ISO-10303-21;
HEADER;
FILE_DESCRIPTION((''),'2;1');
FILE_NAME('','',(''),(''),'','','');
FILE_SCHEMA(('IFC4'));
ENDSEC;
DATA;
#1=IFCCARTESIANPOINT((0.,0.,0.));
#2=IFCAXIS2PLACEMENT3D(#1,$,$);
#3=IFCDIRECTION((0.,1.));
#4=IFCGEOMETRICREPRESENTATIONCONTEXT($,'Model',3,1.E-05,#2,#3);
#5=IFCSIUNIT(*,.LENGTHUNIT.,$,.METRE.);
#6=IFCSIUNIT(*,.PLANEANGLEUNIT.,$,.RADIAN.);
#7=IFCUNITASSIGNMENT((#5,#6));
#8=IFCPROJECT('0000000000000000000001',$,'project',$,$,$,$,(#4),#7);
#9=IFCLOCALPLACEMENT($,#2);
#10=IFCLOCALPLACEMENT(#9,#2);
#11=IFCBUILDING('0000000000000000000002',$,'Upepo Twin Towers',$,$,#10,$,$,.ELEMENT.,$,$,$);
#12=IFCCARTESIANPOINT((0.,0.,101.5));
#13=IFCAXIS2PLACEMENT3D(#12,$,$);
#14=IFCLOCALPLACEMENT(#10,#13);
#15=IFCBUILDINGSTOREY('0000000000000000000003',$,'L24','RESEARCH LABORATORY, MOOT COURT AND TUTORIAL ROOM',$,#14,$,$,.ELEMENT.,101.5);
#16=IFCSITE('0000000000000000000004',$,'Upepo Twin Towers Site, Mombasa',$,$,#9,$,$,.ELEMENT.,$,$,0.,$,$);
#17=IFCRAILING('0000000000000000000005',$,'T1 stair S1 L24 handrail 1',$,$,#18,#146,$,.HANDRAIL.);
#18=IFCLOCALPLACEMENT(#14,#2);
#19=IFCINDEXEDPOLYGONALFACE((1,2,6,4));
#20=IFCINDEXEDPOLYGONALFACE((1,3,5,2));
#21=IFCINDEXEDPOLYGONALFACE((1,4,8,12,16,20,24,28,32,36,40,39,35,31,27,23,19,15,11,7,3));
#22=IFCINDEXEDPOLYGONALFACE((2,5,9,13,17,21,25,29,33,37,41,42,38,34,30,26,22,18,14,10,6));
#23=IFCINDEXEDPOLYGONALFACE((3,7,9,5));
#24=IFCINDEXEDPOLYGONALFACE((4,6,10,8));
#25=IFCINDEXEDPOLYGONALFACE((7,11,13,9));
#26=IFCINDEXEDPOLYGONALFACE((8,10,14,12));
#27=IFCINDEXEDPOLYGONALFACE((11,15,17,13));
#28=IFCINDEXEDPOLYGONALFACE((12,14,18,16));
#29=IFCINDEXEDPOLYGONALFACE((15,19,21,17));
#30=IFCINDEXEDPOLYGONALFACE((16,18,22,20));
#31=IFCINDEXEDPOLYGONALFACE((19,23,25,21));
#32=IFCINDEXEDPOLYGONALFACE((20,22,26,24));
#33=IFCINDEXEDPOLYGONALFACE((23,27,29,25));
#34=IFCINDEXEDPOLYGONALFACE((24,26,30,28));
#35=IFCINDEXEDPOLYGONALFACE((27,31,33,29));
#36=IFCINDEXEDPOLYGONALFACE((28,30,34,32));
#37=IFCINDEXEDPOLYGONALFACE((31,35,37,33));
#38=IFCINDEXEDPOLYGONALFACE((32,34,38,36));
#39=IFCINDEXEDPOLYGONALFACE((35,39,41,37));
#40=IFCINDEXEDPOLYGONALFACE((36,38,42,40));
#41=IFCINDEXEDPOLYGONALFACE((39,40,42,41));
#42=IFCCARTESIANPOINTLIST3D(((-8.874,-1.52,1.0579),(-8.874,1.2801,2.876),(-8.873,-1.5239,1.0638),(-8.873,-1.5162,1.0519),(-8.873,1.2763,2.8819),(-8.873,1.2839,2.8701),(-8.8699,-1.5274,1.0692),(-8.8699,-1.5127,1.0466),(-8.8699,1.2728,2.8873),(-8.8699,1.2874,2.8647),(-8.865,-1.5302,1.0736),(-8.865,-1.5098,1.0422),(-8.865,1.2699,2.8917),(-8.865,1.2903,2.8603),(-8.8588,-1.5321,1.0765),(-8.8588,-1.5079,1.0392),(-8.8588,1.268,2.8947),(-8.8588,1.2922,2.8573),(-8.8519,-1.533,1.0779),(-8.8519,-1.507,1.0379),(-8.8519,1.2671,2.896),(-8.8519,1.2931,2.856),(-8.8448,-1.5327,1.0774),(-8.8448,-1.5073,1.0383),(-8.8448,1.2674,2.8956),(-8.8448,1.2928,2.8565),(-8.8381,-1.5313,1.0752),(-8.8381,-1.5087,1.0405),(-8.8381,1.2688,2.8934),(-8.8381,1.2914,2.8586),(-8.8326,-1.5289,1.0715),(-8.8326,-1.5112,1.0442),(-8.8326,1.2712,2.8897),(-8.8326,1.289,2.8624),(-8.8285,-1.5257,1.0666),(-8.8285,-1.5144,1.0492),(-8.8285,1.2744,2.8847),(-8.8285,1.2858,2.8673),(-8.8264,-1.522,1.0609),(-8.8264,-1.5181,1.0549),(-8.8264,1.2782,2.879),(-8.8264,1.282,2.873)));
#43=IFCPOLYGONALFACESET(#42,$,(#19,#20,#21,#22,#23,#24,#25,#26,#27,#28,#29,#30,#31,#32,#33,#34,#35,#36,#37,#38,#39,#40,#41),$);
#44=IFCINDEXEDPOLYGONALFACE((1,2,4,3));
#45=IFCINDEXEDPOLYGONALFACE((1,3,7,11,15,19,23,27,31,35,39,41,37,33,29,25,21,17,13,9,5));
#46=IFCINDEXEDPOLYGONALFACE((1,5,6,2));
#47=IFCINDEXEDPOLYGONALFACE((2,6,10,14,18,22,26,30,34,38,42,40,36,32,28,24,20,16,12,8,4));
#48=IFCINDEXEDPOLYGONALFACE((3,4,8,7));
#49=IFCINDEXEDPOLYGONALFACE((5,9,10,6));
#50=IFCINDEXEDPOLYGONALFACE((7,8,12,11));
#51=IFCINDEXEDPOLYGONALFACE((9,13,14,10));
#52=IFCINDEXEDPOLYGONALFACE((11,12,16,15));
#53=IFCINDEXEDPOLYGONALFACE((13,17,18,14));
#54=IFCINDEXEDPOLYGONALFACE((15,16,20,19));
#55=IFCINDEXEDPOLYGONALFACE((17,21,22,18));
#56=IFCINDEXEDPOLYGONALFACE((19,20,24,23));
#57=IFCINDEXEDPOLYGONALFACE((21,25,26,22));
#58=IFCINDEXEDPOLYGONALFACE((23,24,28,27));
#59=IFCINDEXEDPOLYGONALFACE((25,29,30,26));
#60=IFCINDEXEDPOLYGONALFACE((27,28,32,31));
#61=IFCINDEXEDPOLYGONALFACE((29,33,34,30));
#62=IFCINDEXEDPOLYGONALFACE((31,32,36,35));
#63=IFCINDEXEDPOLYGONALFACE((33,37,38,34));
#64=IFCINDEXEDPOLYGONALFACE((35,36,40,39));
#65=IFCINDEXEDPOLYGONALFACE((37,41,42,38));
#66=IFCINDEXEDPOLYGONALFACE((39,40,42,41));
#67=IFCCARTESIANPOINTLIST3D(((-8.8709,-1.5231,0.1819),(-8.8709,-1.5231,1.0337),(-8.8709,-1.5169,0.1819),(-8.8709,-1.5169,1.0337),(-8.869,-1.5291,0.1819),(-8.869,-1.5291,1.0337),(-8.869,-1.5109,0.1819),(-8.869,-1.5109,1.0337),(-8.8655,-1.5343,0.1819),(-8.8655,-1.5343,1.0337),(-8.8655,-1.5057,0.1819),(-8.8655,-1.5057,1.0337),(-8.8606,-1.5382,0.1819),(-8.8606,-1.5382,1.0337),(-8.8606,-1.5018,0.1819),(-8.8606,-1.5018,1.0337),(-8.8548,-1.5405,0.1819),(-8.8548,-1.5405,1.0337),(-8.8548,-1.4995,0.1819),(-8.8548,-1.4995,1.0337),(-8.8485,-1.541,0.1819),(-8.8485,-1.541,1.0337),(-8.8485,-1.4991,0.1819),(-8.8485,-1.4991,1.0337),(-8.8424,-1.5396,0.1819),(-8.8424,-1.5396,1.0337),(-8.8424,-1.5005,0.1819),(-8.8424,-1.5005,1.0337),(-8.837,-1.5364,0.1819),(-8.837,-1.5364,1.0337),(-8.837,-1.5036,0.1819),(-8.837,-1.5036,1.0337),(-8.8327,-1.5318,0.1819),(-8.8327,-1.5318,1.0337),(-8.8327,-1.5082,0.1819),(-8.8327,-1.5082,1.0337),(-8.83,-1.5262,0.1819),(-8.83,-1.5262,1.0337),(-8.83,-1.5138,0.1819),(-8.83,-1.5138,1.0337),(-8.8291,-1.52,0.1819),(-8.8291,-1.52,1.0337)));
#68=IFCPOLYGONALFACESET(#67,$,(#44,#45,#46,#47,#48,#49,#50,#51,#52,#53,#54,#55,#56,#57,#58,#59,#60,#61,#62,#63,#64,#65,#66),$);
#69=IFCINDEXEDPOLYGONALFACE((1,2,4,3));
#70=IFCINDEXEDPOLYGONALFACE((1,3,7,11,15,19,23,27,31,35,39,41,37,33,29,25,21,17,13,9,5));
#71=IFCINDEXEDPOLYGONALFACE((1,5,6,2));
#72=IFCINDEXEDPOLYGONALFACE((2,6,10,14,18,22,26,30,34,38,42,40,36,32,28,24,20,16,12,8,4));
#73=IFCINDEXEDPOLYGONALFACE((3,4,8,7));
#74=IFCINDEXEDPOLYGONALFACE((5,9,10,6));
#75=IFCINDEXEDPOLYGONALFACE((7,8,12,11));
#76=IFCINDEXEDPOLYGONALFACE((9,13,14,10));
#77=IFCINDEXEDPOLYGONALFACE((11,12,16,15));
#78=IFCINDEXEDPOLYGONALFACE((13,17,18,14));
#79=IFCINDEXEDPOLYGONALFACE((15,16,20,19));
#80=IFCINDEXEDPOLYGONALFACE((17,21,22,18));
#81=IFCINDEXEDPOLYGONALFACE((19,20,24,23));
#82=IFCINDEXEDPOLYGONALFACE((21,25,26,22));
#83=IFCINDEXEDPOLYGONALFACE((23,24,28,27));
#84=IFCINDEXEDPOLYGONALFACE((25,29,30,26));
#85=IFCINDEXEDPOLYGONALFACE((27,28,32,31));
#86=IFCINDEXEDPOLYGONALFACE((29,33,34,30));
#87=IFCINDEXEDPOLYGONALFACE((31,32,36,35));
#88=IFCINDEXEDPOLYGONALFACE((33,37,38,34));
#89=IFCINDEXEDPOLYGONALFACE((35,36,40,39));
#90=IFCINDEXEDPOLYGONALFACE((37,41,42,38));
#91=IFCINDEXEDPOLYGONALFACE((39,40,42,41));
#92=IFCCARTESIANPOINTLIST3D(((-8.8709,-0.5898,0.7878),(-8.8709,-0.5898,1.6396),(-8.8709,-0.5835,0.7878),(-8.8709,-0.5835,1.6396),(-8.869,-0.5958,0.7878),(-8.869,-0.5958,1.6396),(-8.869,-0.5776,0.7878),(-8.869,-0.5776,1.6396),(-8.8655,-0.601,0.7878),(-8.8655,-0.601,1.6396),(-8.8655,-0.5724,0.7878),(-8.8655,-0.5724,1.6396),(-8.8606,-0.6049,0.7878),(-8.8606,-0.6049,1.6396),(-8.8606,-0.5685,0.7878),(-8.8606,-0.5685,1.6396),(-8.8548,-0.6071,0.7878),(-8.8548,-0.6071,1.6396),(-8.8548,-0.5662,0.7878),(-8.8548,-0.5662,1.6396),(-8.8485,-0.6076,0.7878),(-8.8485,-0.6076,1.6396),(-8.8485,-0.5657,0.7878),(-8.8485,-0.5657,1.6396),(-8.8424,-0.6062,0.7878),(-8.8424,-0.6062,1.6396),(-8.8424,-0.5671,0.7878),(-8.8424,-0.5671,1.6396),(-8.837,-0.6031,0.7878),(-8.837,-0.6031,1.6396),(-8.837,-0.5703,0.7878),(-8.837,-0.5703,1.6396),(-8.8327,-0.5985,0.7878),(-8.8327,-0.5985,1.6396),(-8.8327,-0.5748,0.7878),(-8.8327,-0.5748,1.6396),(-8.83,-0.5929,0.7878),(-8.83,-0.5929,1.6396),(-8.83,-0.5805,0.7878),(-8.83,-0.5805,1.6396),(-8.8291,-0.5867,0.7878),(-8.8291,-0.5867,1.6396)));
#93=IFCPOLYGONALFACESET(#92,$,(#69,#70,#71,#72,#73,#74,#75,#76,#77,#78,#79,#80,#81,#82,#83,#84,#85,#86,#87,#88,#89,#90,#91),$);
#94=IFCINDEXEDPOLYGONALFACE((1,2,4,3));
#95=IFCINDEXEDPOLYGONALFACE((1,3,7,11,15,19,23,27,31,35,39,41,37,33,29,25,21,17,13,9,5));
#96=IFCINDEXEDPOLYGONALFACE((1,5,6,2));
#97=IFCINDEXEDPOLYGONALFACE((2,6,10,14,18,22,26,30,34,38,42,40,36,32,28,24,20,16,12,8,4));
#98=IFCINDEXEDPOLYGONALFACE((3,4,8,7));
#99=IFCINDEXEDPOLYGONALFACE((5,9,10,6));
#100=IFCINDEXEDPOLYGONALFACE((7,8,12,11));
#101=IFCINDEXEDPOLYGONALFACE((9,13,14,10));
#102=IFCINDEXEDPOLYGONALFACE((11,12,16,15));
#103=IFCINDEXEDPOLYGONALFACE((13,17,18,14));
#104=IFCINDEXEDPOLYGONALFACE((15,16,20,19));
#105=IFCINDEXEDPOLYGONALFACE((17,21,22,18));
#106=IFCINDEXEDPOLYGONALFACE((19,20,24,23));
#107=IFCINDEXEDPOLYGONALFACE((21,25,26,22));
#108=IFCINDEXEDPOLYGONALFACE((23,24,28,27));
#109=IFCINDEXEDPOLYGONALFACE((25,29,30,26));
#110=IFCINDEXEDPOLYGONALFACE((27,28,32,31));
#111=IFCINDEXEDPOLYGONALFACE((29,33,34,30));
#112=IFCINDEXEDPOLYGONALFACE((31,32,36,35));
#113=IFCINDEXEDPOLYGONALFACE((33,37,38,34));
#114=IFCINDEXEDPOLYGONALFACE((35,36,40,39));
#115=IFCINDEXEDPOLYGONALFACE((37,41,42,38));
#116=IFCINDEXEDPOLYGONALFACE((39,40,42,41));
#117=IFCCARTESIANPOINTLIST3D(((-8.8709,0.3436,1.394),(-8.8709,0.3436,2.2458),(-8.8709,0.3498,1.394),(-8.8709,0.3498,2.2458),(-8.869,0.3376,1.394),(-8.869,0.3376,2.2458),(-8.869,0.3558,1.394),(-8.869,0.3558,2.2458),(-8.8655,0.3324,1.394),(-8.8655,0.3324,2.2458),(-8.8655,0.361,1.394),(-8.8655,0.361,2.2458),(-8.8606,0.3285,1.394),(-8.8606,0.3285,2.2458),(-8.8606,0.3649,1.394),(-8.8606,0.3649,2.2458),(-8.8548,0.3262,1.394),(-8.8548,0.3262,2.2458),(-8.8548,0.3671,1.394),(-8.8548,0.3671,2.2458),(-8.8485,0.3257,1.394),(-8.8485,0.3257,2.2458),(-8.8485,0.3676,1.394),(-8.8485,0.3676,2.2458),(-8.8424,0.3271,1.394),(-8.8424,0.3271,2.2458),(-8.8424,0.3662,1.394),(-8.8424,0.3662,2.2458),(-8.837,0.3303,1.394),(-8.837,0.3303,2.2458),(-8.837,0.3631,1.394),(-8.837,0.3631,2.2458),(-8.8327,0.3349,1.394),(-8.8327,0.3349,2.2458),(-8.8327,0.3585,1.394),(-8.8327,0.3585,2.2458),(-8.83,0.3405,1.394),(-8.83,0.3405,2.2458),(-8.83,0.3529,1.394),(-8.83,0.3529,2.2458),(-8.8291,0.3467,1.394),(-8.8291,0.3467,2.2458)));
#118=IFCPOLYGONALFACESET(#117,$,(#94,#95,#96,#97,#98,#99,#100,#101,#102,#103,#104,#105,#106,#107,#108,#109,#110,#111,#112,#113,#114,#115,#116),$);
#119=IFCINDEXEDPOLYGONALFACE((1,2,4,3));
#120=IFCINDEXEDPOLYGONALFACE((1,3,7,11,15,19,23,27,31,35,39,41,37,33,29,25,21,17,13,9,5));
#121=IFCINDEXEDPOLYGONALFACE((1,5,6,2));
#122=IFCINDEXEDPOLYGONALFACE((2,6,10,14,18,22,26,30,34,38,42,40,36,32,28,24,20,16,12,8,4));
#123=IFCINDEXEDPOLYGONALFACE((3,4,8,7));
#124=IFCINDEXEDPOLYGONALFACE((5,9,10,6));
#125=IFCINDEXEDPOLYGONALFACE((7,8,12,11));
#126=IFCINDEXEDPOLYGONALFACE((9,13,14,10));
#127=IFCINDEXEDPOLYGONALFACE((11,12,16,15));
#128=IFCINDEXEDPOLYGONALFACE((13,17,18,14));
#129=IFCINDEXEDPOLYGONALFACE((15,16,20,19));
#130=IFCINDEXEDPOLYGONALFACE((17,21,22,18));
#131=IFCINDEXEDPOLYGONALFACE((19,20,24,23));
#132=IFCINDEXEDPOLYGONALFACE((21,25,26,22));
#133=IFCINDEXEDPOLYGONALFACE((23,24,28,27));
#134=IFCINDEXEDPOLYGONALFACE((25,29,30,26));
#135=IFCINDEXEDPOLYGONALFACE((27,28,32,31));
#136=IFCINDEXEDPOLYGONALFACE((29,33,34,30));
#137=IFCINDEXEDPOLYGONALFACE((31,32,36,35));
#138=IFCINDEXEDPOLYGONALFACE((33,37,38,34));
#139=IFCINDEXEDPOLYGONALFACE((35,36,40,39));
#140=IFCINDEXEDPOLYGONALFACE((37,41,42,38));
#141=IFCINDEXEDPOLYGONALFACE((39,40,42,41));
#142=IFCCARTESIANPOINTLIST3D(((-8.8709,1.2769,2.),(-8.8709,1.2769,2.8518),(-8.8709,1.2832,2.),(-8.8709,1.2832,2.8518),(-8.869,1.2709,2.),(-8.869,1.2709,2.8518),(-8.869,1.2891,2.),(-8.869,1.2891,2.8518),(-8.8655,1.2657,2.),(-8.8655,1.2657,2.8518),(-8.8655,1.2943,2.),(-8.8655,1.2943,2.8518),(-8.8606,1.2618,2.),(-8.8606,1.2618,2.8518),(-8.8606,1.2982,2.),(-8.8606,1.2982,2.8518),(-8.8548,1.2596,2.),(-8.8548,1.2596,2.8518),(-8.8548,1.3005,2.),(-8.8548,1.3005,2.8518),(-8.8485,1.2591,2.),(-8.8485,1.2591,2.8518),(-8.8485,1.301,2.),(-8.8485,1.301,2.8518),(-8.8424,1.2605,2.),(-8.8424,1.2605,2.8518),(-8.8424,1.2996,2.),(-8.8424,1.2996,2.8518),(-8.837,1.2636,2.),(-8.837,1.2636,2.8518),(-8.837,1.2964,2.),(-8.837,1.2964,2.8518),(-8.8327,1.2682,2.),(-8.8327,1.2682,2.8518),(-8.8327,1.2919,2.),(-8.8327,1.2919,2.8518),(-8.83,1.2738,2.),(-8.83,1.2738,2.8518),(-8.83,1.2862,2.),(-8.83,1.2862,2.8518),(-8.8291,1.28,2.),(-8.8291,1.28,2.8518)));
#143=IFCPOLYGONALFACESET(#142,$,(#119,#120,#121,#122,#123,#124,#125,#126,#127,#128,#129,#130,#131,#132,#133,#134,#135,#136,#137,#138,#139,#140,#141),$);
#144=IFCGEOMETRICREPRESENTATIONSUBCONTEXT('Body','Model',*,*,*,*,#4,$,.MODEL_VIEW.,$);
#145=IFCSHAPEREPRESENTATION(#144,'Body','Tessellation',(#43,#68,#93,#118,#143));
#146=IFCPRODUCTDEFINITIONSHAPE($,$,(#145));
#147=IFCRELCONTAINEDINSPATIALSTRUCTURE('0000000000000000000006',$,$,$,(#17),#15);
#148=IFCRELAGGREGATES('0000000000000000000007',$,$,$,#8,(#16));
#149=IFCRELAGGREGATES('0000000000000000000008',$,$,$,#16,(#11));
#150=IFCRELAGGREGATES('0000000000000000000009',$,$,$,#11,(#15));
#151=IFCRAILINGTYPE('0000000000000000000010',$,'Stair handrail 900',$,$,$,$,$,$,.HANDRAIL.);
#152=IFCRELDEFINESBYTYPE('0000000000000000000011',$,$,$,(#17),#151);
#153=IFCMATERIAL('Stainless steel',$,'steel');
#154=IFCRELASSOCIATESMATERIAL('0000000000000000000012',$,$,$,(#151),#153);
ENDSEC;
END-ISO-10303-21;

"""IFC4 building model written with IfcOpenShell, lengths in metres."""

from ifc_helpers import new_model, si_unit, direction, frame, origin, origin_2d, place, context, subcontext, project, spatial, circle, extrude, material, type_object, element, save


model = new_model("IFC4")

# Units and contexts
model_context = context("Model", 3, precision=1e-05, world=origin(), true_north=direction((0.0, 1.0)))
body_context = subcontext(model_context, "Body", "Model", "MODEL_VIEW")
ifc_project = project(units=[si_unit("LENGTHUNIT", "METRE"), si_unit("PLANEANGLEUNIT", "RADIAN")], contexts=[model_context])

# Site, building, storey
site_placement = place(None, origin())
site = spatial("IfcSite", under=ifc_project, at=site_placement, Name="Upepo Twin Towers Site, Mombasa", CompositionType="ELEMENT", RefElevation=0.0)
building_placement = place(site_placement, origin())
building = spatial("IfcBuilding", under=site, at=building_placement, Name="Upepo Twin Towers", CompositionType="ELEMENT")
storey_placement = place(building_placement, frame((0.0, 0.0, 101.5)))
storey = spatial("IfcBuildingStorey", under=building, at=storey_placement, Name="L24", Description="RESEARCH LABORATORY, MOOT COURT AND TUTORIAL ROOM", CompositionType="ELEMENT", Elevation=101.5)

# Railing
ifc_material_1 = material(Name="Stainless steel", Category="steel")
railing_type = type_object("IfcRailingType", Name="Stair handrail 900", PredefinedType="HANDRAIL", material=ifc_material_1)
railing_1_placement = place(storey_placement, frame((-8.8501, -1.52, 0.1819)))
element("IfcRailing", 1, at=railing_1_placement, inside=storey, type_object=railing_type, Name="T1 stair S1 L24 handrail 1", PredefinedType="HANDRAIL", context=body_context, shape_type="SweptSolid", body=[
    extrude(circle(Radius=0.0239, at=origin_2d()), frame((0.0, 0.0, 0.876), z_axis=(0.0, 0.838706, 0.544585), x_axis=(-1.0, 0.0, 0.0)), (0.0, 0.0, 1.0), 3.3386),
    extrude(circle(Radius=0.021, at=origin_2d()), origin(), (0.0, 0.0, 1.0), 0.8518),
    extrude(circle(Radius=0.021, at=origin_2d()), frame((0.0, 0.9333, 0.606)), (0.0, 0.0, 1.0), 0.8518),
    extrude(circle(Radius=0.021, at=origin_2d()), frame((0.0, 1.8667, 1.2122)), (0.0, 0.0, 1.0), 0.8518),
    extrude(circle(Radius=0.021, at=origin_2d()), frame((0.0, 2.8, 1.8181)), (0.0, 0.0, 1.0), 0.8518),
])

save(model, "model.ifc")
